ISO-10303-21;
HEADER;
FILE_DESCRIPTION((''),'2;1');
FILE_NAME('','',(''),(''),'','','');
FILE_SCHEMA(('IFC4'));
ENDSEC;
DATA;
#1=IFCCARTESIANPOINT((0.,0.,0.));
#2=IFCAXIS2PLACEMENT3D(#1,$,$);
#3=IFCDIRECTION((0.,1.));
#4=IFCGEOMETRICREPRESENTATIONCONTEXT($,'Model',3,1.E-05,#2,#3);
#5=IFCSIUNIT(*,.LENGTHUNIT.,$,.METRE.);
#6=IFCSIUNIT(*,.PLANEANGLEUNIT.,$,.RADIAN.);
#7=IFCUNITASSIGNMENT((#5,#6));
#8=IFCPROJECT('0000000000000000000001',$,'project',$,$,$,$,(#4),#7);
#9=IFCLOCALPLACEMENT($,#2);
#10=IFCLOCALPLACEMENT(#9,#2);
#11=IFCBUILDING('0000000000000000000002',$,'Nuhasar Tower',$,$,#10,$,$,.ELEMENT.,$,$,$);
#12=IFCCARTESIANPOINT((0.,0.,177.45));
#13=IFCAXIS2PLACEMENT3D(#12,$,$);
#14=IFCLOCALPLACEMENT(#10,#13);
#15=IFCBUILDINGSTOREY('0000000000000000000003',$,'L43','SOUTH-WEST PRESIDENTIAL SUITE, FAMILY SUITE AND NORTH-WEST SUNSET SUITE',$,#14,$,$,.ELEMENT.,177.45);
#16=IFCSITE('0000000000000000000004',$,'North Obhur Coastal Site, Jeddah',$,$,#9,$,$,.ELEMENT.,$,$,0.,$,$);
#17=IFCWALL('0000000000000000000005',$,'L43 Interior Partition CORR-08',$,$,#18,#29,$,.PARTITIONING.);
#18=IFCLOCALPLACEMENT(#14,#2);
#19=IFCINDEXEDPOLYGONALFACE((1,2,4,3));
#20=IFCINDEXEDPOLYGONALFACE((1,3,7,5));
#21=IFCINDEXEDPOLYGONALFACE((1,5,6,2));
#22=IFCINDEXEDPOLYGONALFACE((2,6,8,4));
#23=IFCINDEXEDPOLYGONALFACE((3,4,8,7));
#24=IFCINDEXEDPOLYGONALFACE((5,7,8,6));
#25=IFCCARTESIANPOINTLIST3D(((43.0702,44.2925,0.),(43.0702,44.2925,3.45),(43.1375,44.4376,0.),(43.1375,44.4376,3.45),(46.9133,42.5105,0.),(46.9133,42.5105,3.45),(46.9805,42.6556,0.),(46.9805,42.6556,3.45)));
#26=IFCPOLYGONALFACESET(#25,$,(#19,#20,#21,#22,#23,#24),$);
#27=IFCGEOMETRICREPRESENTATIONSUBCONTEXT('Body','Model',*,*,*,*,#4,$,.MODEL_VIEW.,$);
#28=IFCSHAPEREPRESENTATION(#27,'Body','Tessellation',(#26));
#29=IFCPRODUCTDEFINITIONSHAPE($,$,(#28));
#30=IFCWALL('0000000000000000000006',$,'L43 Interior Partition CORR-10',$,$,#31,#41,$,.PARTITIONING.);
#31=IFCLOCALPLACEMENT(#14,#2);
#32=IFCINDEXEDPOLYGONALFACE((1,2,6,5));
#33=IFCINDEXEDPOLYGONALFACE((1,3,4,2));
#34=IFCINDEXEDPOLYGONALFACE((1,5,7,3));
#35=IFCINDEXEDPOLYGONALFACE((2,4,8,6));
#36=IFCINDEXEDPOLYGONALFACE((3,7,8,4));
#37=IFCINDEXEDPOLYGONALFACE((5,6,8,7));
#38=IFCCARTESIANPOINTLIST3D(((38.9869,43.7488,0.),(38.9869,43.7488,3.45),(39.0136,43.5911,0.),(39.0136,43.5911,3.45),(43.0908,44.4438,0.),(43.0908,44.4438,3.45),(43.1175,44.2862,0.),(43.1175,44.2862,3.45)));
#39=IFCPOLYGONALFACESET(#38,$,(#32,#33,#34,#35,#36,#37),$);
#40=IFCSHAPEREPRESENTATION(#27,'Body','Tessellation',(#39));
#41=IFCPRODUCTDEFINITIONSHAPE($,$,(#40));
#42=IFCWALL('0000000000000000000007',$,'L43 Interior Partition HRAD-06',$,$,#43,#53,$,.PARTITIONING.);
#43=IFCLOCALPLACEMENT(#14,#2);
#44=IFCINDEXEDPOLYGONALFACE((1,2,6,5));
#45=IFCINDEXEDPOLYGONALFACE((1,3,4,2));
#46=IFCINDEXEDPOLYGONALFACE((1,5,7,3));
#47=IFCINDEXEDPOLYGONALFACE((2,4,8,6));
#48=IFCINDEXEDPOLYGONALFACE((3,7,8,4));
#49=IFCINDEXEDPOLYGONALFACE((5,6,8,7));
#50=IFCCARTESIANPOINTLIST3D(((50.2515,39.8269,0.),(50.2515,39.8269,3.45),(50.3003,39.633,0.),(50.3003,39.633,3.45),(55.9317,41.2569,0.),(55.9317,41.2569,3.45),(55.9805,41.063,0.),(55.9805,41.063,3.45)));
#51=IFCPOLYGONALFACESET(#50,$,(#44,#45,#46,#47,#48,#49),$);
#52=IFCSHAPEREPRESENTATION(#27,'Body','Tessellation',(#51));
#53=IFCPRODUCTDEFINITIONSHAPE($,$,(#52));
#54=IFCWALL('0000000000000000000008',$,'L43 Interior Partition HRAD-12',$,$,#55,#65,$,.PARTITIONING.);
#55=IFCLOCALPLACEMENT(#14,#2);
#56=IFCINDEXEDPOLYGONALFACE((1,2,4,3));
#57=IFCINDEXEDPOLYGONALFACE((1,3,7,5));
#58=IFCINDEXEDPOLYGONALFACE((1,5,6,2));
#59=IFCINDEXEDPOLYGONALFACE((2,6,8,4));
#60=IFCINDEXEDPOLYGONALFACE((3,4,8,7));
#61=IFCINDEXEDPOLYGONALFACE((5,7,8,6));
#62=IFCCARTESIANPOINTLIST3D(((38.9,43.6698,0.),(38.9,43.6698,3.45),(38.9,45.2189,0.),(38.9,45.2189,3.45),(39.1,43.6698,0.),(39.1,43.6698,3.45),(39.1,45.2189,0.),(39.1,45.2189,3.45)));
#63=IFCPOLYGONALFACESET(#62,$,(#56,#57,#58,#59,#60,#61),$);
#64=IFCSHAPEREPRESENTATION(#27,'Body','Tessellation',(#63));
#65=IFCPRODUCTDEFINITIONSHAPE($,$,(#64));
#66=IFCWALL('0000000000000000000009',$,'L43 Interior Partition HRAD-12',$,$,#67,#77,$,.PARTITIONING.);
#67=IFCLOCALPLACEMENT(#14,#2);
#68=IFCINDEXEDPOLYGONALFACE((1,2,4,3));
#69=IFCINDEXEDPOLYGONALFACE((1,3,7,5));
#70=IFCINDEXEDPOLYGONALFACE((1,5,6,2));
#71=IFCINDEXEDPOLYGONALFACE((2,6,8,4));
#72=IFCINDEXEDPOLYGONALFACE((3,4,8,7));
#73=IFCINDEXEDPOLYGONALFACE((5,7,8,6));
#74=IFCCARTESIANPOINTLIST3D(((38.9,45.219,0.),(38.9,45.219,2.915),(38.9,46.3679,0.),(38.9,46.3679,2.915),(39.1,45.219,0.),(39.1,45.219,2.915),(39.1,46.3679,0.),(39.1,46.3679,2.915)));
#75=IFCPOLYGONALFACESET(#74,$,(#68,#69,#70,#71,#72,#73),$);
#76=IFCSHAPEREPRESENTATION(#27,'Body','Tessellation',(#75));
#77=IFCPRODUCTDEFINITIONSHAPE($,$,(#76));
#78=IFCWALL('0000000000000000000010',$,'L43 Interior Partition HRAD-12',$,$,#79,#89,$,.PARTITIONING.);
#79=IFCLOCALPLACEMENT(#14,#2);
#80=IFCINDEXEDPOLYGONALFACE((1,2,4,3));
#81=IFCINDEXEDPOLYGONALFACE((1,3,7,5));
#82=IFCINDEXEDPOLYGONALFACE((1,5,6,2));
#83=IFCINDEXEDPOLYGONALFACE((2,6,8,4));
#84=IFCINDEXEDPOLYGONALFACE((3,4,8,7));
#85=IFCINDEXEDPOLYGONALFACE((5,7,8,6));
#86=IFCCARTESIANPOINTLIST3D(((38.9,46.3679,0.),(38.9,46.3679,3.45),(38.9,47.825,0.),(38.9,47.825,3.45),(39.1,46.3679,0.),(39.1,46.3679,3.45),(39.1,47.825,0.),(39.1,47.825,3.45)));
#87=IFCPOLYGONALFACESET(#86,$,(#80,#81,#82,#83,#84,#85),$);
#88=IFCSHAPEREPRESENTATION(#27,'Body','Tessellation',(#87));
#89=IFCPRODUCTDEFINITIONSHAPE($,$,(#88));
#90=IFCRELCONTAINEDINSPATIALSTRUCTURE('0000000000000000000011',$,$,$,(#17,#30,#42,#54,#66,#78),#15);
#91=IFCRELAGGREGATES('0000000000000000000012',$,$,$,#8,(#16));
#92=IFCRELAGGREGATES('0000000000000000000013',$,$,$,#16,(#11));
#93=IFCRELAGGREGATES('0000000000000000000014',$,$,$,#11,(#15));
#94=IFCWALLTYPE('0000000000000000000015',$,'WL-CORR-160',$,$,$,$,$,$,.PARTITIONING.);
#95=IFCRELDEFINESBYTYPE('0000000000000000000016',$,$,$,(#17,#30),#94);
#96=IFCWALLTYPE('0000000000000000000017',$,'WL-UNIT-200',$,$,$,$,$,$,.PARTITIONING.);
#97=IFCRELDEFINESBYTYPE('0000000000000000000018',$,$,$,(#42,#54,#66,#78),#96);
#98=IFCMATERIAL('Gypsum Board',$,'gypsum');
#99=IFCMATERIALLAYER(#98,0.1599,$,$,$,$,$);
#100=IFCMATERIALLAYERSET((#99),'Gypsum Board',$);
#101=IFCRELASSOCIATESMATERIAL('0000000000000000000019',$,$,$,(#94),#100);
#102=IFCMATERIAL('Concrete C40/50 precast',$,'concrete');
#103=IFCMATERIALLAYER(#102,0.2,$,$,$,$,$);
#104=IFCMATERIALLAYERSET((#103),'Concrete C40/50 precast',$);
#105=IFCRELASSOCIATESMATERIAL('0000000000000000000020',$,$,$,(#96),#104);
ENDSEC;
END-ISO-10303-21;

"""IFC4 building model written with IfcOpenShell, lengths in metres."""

from ifc_helpers import new_model, si_unit, direction, frame, frame_2d, origin, place, context, subcontext, project, spatial, rectangle, extrude, material, layer, layer_set, type_object, element, save


model = new_model("IFC4")

# Units and contexts
model_context = context("Model", 3, precision=1e-05, world=origin(), true_north=direction((0.0, 1.0)))
body_context = subcontext(model_context, "Body", "Model", "MODEL_VIEW")
ifc_project = project(units=[si_unit("LENGTHUNIT", "METRE"), si_unit("PLANEANGLEUNIT", "RADIAN")], contexts=[model_context])

# Site, building, storey
site_placement = place(None, origin())
site = spatial("IfcSite", under=ifc_project, at=site_placement, Name="North Obhur Coastal Site, Jeddah", CompositionType="ELEMENT", RefElevation=0.0)
building_placement = place(site_placement, origin())
building = spatial("IfcBuilding", under=site, at=building_placement, Name="Nuhasar Tower", CompositionType="ELEMENT")
storey_placement = place(building_placement, frame((0.0, 0.0, 177.45)))
storey = spatial("IfcBuildingStorey", under=building, at=storey_placement, Name="L43", Description="SOUTH-WEST PRESIDENTIAL SUITE, FAMILY SUITE AND NORTH-WEST SUNSET SUITE", CompositionType="ELEMENT", Elevation=177.45)

# Shared definitions
ifc_material_1 = material(Name="Gypsum Board", Category="gypsum")
ifc_layer_1 = layer(ifc_material_1, 0.1599)
ifc_layer_set_1 = layer_set([ifc_layer_1], Name="Gypsum Board")
wall_type_1 = type_object("IfcWallType", Name="WL-CORR-160", PredefinedType="PARTITIONING", material=ifc_layer_set_1)

# Walls
wall_1_placement = place(storey_placement, frame((46.947, 42.583, 0.0), z_axis=(0.0, 0.0, 1.0), x_axis=(-0.907214, 0.420669, 0.0)))
element("IfcWall", 1, at=wall_1_placement, inside=storey, type_object=wall_type_1, Name="L43 Interior Partition CORR-08", PredefinedType="PARTITIONING", context=body_context, shape_type="SweptSolid", body=[
    extrude(rectangle(XDim=4.2361, YDim=0.1599, at=frame_2d((2.1182, 0.0))), origin(), (0.0, 0.0, 1.0), 3.45),
])
wall_2_placement = place(storey_placement, frame((43.104, 44.365, 0.0), z_axis=(0.0, 0.0, 1.0), x_axis=(-0.985959, -0.166986, 0.0)))
element("IfcWall", 2, at=wall_2_placement, inside=storey, type_object=wall_type_1, Name="L43 Interior Partition CORR-10", PredefinedType="PARTITIONING", context=body_context, shape_type="SweptSolid", body=[
    extrude(rectangle(XDim=4.1624, YDim=0.1599, at=frame_2d((2.0811, 0.0))), origin(), (0.0, 0.0, 1.0), 3.45),
])
ifc_material_2 = material(Name="Concrete C40/50 precast", Category="concrete")
ifc_layer_2 = layer(ifc_material_2, 0.2)
ifc_layer_set_2 = layer_set([ifc_layer_2], Name="Concrete C40/50 precast")
wall_type_2 = type_object("IfcWallType", Name="WL-UNIT-200", PredefinedType="PARTITIONING", material=ifc_layer_set_2)
wall_3_placement = place(storey_placement, frame((50.2759, 39.73, 0.0), z_axis=(0.0, 0.0, 1.0), x_axis=(0.969744, 0.244124, 0.0)))
element("IfcWall", 3, at=wall_3_placement, inside=storey, type_object=wall_type_2, Name="L43 Interior Partition HRAD-06", PredefinedType="PARTITIONING", context=body_context, shape_type="SweptSolid", body=[
    extrude(rectangle(XDim=5.8574, YDim=0.2, at=frame_2d((2.9287, 0.0))), origin(), (0.0, 0.0, 1.0), 3.45),
])
wall_4_placement = place(storey_placement, frame((39.0, 43.6699, 0.0), z_axis=(0.0, 0.0, 1.0), x_axis=(0.0, 1.0, 0.0)))
element("IfcWall", 4, at=wall_4_placement, inside=storey, type_object=wall_type_2, Name="L43 Interior Partition HRAD-12", PredefinedType="PARTITIONING", context=body_context, shape_type="SweptSolid", body=[
    extrude(rectangle(XDim=1.5491, YDim=0.2, at=frame_2d((0.7744, 0.0))), origin(), (0.0, 0.0, 1.0), 3.45),
])
wall_5_placement = place(storey_placement, frame((39.0, 45.219, 0.0), z_axis=(0.0, 0.0, 1.0), x_axis=(0.0, 1.0, 0.0)))
element("IfcWall", 5, at=wall_5_placement, inside=storey, type_object=wall_type_2, Name="L43 Interior Partition HRAD-12", PredefinedType="PARTITIONING", context=body_context, shape_type="SweptSolid", body=[
    extrude(rectangle(XDim=1.1489, YDim=0.2, at=frame_2d((0.5745, 0.0))), origin(), (0.0, 0.0, 1.0), 2.915),
])
wall_6_placement = place(storey_placement, frame((39.0, 46.3679, 0.0), z_axis=(0.0, 0.0, 1.0), x_axis=(0.0, 1.0, 0.0)))
element("IfcWall", 6, at=wall_6_placement, inside=storey, type_object=wall_type_2, Name="L43 Interior Partition HRAD-12", PredefinedType="PARTITIONING", context=body_context, shape_type="SweptSolid", body=[
    extrude(rectangle(XDim=1.457, YDim=0.2, at=frame_2d((0.7285, 0.0))), origin(), (0.0, 0.0, 1.0), 3.45),
])

save(model, "model.ifc")
